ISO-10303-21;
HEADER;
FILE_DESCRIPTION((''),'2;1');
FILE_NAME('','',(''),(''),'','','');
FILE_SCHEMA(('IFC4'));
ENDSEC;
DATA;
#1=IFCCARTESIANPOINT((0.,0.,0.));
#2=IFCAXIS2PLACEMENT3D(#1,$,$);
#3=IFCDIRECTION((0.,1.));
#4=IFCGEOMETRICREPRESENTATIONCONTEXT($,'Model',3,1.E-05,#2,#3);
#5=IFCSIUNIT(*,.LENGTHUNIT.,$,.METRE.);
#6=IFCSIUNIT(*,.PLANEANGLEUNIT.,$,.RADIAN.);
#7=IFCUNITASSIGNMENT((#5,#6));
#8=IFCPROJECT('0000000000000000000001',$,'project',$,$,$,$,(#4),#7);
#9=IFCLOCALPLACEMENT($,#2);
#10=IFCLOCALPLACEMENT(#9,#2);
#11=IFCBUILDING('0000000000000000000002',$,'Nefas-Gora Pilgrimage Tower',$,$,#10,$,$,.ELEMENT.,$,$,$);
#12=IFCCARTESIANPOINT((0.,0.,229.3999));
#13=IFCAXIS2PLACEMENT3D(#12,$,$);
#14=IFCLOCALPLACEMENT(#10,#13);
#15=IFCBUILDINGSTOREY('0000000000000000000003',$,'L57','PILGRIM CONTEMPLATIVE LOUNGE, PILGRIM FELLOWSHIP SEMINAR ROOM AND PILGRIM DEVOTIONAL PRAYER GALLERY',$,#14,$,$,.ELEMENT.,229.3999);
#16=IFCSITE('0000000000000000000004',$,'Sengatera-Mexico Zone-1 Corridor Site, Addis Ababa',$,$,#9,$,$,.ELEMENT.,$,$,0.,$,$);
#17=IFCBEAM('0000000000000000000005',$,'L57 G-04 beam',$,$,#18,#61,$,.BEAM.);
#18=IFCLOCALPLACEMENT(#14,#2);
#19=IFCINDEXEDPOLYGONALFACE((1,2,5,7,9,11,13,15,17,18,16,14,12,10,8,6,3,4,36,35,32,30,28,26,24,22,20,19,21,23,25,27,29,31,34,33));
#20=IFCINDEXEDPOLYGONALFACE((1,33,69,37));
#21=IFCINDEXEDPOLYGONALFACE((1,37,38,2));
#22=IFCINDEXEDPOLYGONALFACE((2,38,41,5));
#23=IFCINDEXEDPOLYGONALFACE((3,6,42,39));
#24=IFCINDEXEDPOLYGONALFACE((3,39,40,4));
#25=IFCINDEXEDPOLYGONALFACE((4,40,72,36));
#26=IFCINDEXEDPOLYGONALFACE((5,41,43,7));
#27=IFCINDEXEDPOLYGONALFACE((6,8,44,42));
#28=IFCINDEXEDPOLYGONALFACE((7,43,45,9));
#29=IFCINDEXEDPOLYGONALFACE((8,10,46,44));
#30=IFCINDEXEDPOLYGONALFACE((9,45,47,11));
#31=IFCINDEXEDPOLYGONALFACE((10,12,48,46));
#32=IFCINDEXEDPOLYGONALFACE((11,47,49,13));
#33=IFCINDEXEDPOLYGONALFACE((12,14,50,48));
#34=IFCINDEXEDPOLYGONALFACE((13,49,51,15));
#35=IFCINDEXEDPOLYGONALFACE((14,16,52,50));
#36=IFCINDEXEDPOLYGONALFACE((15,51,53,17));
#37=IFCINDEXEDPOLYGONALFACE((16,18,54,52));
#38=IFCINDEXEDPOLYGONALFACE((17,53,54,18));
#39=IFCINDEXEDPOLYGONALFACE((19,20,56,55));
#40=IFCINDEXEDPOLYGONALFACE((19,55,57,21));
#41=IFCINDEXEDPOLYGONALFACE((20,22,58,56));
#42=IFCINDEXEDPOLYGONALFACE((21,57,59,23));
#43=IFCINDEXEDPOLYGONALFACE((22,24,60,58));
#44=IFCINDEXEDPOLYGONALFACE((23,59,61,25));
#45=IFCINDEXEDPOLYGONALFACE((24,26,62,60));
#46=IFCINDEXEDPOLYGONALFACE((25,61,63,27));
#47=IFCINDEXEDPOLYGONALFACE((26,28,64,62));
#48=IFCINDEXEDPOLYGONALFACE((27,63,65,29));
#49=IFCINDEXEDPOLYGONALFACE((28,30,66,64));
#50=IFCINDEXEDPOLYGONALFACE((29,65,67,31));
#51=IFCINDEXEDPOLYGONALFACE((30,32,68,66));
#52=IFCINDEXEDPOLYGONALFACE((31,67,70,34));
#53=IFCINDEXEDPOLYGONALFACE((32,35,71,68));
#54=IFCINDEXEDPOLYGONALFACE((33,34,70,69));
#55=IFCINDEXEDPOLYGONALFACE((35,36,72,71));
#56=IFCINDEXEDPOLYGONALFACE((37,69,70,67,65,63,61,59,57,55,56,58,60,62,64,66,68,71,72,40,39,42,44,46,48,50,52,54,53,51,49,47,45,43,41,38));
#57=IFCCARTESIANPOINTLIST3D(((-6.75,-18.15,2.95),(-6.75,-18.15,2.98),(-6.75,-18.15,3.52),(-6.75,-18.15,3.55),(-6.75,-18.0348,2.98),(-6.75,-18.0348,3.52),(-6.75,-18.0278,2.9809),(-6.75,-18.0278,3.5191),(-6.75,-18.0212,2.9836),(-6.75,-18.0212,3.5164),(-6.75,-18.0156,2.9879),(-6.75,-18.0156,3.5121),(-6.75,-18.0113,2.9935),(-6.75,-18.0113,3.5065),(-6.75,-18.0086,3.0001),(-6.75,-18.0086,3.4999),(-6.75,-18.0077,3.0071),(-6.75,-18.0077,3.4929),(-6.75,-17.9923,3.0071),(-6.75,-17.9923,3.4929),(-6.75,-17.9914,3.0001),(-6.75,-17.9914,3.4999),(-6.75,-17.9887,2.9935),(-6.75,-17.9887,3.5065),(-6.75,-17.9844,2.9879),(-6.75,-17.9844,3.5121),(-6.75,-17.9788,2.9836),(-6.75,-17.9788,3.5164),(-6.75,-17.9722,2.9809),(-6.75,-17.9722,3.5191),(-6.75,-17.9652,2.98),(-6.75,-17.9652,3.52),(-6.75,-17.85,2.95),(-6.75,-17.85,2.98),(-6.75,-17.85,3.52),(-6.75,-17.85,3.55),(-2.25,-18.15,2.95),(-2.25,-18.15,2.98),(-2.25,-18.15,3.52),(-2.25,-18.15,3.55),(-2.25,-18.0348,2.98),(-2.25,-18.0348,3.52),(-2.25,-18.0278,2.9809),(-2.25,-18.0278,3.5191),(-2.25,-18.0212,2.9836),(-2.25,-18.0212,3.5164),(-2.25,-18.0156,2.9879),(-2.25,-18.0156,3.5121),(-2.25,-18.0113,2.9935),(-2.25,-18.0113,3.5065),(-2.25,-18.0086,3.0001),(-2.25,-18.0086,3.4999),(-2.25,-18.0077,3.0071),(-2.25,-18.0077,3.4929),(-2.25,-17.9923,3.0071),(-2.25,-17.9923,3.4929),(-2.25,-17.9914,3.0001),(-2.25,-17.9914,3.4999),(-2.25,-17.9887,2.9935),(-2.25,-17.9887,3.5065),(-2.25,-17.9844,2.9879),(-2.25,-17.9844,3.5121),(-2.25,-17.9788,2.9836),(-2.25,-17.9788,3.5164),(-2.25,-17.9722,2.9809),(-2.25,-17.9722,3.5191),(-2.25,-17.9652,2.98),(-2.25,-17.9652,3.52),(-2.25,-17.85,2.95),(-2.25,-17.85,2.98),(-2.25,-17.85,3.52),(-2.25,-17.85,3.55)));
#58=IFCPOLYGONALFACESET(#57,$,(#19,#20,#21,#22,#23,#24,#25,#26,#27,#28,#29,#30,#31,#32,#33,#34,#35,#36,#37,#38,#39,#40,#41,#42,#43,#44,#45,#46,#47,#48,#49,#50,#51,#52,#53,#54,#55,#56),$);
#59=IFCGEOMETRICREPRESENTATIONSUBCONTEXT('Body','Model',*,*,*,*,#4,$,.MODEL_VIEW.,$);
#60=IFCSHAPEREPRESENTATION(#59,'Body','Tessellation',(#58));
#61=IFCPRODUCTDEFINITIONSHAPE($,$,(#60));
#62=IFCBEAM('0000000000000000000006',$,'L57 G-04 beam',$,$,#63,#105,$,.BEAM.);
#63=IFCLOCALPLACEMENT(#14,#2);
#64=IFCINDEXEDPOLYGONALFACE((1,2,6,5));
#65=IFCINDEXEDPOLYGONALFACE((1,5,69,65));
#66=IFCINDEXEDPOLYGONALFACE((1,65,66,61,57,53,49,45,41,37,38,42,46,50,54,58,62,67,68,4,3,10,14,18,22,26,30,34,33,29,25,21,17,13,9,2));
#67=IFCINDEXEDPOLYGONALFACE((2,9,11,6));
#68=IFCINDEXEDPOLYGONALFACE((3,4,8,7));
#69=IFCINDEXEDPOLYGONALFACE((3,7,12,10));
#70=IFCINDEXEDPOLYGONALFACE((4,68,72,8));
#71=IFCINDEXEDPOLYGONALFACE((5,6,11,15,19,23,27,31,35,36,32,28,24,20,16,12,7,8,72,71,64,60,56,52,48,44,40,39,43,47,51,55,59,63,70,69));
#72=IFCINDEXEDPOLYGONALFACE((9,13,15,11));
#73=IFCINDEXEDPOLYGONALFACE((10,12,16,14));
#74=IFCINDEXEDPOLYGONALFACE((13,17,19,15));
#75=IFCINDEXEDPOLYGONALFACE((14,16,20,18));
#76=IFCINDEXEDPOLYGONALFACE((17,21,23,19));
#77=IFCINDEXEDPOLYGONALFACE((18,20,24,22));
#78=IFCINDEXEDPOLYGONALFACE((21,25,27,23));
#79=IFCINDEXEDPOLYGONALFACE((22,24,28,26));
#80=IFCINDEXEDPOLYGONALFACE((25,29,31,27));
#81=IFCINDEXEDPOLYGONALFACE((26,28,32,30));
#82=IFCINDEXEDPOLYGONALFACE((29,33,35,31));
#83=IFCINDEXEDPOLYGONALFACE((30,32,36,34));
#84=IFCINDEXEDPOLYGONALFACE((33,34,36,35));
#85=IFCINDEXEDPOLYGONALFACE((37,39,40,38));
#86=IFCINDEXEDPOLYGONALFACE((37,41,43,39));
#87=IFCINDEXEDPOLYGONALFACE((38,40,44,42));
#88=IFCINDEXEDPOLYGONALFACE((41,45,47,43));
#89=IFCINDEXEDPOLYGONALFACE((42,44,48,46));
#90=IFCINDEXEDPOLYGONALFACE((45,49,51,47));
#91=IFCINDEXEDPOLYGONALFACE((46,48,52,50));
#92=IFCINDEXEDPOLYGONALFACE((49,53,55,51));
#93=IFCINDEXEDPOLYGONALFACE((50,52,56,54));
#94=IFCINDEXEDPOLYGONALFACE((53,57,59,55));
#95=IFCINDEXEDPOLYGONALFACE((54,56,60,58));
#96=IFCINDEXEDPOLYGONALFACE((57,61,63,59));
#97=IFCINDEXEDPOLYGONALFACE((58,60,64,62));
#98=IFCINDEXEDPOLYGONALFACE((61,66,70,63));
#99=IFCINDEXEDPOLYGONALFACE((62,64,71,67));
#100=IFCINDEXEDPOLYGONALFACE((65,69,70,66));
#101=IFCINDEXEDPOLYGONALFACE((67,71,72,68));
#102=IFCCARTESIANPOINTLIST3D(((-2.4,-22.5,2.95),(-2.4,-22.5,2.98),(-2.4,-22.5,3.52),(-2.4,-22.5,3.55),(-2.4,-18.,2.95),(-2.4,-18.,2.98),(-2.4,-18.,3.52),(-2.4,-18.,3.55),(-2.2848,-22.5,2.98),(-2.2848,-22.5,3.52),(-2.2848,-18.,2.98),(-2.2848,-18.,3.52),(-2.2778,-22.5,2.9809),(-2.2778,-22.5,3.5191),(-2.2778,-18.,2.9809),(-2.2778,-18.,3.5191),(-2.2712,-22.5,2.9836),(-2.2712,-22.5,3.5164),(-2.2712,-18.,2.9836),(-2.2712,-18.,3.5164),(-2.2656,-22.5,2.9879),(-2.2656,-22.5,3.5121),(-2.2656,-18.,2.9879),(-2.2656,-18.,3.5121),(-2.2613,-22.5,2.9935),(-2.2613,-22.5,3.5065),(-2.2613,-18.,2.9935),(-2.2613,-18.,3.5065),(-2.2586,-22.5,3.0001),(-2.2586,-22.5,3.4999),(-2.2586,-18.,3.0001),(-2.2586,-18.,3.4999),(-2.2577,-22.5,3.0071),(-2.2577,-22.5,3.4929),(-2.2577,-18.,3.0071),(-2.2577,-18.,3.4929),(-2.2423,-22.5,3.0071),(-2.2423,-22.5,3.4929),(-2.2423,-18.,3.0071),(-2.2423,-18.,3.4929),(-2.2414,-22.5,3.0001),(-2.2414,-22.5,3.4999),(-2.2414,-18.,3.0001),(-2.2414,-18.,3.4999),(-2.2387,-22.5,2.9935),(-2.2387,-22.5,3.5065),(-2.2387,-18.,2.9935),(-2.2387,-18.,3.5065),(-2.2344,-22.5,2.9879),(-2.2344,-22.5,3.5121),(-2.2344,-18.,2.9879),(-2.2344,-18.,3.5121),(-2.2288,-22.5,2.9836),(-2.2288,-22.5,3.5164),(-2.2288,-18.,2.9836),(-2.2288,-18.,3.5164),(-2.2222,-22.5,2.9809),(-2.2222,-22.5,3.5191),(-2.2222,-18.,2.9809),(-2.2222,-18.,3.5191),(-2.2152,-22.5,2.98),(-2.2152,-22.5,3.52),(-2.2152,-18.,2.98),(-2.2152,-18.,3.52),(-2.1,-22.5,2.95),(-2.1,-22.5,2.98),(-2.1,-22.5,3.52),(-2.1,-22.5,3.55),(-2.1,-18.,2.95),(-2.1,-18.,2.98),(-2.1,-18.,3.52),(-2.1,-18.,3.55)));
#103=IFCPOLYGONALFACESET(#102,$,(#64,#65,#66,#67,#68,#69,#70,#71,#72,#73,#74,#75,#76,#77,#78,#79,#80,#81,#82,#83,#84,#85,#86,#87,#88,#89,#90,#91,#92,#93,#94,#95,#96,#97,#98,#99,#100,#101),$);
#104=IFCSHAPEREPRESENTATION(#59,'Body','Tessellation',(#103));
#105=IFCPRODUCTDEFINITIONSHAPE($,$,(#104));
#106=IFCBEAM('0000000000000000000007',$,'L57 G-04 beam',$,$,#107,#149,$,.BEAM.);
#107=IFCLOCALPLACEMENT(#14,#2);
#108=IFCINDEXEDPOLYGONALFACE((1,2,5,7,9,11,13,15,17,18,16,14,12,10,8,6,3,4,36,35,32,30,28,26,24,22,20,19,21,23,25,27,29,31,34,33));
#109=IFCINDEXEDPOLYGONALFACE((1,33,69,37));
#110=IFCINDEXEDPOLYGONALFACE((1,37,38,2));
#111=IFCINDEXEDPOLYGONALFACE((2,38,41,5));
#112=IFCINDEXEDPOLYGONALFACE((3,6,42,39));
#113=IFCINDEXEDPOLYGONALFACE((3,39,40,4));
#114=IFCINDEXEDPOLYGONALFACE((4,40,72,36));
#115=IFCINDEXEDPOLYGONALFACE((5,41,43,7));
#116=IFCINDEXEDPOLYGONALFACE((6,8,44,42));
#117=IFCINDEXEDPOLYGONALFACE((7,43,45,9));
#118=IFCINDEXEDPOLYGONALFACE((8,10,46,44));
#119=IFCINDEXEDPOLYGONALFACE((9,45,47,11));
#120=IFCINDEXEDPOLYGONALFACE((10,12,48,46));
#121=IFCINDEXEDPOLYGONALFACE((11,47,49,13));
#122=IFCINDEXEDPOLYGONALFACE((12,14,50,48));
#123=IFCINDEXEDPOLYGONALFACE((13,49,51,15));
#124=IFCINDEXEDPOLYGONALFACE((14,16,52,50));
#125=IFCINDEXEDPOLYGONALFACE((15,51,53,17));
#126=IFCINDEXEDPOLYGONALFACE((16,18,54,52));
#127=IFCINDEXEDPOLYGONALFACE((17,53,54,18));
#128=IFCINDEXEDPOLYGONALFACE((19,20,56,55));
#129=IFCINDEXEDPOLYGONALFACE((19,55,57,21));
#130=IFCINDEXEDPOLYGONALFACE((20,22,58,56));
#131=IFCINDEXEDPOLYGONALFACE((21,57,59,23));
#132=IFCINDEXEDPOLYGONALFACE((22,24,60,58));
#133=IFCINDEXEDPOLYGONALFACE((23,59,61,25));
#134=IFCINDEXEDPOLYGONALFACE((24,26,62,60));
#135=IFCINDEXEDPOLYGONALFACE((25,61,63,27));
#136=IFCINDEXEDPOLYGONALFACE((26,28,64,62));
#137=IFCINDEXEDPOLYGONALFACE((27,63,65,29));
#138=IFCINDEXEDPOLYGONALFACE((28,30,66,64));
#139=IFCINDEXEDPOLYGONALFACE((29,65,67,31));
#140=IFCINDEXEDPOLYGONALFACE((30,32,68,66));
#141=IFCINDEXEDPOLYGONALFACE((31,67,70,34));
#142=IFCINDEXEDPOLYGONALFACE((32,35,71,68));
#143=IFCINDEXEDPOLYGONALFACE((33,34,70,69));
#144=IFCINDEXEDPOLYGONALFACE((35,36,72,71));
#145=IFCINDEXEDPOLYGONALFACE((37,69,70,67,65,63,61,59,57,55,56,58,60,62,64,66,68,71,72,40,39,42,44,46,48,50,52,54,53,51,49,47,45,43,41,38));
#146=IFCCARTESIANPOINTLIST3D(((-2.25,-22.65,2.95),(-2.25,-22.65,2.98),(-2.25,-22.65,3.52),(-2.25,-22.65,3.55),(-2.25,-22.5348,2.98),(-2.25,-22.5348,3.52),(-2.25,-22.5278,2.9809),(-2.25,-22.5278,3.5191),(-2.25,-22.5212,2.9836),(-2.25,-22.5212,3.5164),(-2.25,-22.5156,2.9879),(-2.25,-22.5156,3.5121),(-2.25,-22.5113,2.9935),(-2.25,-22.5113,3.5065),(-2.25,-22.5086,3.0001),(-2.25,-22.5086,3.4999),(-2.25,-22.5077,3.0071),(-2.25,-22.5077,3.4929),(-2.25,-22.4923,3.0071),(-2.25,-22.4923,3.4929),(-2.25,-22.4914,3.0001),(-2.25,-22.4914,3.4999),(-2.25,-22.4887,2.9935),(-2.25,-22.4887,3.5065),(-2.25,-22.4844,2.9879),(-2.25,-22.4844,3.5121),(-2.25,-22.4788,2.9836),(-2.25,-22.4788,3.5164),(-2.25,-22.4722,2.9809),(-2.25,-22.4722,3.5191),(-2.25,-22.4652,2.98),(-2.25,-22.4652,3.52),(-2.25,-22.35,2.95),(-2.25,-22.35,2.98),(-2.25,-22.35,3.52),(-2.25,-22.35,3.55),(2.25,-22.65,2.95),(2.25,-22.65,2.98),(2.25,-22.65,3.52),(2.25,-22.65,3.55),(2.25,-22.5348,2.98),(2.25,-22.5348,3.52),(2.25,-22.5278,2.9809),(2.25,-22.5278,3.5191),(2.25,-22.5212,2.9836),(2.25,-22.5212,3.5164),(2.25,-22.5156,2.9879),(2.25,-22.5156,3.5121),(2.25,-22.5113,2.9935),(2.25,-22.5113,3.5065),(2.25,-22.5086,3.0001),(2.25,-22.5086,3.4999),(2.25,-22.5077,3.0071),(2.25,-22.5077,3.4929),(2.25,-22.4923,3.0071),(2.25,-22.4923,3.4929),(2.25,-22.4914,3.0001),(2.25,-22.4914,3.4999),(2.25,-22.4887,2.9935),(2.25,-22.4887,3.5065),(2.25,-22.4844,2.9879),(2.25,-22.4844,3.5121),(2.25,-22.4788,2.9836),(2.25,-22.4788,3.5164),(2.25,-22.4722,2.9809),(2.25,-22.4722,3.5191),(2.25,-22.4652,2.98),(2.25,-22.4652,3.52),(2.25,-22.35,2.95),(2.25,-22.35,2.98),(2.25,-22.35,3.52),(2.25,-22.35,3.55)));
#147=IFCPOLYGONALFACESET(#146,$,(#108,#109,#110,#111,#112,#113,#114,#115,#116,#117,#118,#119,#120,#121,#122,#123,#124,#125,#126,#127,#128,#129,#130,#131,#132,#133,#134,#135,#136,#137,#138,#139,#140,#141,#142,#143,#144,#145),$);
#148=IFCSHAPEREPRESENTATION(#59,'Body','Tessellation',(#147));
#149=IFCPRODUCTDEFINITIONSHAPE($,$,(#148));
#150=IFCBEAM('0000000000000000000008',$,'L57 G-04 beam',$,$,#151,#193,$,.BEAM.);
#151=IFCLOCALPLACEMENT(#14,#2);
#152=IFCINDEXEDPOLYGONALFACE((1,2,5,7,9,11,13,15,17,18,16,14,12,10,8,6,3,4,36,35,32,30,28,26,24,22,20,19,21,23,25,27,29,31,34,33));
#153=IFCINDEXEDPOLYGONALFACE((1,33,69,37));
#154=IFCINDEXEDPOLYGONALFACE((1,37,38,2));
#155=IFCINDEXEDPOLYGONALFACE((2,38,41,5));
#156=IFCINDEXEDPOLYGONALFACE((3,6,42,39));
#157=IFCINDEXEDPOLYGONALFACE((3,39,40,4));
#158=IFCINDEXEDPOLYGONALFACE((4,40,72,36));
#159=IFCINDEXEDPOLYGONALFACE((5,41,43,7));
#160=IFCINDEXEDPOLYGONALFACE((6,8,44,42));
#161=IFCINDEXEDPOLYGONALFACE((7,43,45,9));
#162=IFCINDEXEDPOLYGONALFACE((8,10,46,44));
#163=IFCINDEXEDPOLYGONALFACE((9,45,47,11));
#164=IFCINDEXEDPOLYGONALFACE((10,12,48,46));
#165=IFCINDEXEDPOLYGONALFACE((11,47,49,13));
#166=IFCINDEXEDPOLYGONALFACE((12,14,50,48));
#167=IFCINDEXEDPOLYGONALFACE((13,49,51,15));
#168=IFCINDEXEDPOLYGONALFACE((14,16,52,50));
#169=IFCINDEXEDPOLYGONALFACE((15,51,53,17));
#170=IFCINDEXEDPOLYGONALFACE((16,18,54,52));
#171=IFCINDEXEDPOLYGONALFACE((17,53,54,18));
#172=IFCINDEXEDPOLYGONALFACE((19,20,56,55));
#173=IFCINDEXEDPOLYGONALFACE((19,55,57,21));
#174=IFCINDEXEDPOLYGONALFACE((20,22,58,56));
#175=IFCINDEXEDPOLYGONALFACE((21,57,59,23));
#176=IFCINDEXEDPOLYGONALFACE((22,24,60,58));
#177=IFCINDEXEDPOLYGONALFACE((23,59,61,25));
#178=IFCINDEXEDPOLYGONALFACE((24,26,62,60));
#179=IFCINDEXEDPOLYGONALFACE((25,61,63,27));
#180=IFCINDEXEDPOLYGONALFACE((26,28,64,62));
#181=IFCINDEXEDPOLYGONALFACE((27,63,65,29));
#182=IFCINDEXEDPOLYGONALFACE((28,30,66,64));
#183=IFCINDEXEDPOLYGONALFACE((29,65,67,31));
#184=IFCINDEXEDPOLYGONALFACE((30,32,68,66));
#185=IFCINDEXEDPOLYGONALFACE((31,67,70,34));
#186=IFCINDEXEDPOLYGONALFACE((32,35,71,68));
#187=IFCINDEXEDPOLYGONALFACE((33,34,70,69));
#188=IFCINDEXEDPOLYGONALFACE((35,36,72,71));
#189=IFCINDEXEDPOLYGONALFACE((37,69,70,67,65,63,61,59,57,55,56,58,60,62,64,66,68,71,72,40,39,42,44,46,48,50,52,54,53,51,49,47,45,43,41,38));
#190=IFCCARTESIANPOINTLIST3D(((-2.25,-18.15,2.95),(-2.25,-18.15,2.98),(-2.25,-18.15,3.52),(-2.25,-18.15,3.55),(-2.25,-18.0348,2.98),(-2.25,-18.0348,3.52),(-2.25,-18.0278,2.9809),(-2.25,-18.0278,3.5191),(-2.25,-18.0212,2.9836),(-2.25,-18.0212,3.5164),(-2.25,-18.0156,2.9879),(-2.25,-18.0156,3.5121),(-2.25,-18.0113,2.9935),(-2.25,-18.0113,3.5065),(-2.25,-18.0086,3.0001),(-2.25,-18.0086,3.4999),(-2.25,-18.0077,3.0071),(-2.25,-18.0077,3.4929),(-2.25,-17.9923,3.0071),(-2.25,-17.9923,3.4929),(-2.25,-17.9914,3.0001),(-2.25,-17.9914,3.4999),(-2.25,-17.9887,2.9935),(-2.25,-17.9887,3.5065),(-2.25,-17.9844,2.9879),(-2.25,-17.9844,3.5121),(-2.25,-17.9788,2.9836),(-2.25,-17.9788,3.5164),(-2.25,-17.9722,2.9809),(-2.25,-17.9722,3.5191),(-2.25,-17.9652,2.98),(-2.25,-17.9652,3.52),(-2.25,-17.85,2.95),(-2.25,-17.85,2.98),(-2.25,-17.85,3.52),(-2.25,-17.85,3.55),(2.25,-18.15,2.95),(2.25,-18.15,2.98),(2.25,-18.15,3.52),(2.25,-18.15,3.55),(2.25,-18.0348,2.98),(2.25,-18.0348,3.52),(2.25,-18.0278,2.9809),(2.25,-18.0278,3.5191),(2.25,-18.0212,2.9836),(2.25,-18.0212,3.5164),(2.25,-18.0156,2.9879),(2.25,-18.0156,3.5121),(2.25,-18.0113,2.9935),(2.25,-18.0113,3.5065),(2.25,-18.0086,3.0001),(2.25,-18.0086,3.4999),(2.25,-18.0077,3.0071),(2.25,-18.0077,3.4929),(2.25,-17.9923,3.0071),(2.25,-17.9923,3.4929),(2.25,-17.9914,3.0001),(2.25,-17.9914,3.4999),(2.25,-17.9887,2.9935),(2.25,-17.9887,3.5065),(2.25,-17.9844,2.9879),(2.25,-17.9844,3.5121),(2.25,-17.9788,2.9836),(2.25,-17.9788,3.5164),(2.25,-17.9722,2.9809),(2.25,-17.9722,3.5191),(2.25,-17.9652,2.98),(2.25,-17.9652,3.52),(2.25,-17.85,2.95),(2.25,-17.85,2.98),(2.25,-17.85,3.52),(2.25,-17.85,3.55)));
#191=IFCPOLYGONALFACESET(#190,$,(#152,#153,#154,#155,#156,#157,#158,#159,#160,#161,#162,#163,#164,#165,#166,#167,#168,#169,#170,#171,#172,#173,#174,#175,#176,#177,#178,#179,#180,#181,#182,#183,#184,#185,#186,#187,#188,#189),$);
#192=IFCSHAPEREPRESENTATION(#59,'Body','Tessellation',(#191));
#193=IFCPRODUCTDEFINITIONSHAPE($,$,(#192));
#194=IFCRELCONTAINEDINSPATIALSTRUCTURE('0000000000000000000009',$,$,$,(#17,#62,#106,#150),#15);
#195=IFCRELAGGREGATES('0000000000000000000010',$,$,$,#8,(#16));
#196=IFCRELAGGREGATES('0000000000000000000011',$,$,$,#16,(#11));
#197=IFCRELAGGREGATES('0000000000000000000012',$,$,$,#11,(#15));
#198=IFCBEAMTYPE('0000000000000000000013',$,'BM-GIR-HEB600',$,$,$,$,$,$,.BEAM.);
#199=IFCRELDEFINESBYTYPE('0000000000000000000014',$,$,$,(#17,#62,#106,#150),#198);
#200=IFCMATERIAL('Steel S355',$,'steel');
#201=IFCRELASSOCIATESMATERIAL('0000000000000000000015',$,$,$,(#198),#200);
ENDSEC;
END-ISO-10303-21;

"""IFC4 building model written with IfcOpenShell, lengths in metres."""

from ifc_helpers import new_model, si_unit, direction, frame, origin, origin_2d, place, context, subcontext, project, spatial, i_section, extrude, source, transform, mapped, material, material_profile, profile_set, type_object, element, save


model = new_model("IFC4")

# Units and contexts
model_context = context("Model", 3, precision=1e-05, world=origin(), true_north=direction((0.0, 1.0)))
body_context = subcontext(model_context, "Body", "Model", "MODEL_VIEW")
ifc_project = project(units=[si_unit("LENGTHUNIT", "METRE"), si_unit("PLANEANGLEUNIT", "RADIAN")], contexts=[model_context])

# Site, building, storey
site_placement = place(None, origin())
site = spatial("IfcSite", under=ifc_project, at=site_placement, Name="Sengatera-Mexico Zone-1 Corridor Site, Addis Ababa", CompositionType="ELEMENT", RefElevation=0.0)
building_placement = place(site_placement, origin())
building = spatial("IfcBuilding", under=site, at=building_placement, Name="Nefas-Gora Pilgrimage Tower", CompositionType="ELEMENT")
storey_placement = place(building_placement, frame((0.0, 0.0, 229.3999)))
storey = spatial("IfcBuildingStorey", under=building, at=storey_placement, Name="L57", Description="PILGRIM CONTEMPLATIVE LOUNGE, PILGRIM FELLOWSHIP SEMINAR ROOM AND PILGRIM DEVOTIONAL PRAYER GALLERY", CompositionType="ELEMENT", Elevation=229.3999)

# Beams
ifc_material_1 = material(Name="Steel S355", Category="steel")
ifc_material_profile_1 = material_profile(ifc_material_1, i_section(OverallWidth=0.3, OverallDepth=0.6001, WebThickness=0.0154, FlangeThickness=0.03, FilletRadius=0.0271, at=origin_2d()), Name="HEB 600")
ifc_profile_set_1 = profile_set([ifc_material_profile_1], Name="Steel S355")
beam_type = type_object("IfcBeamType", Name="BM-GIR-HEB600", PredefinedType="BEAM", material=ifc_profile_set_1)
shared_shape_1 = source(origin(), body_context, "Body", "SweptSolid", [
    extrude(i_section(OverallWidth=0.3, OverallDepth=0.6001, WebThickness=0.0154, FlangeThickness=0.03, FilletRadius=0.0271, at=origin_2d()), origin(), (0.0, 0.0, 1.0), 4.5),
])
for number, where, z_axis, x_axis, name in (
    (1, (-6.75, -18.0, 3.25), (1.0, 0.0, 0.0), (0.0, 1.0, 0.0), "L57 G-04 beam"),
    (2, (-2.25, -22.5, 3.25), (0.0, 1.0, 0.0), (-1.0, 0.0, 0.0), "L57 G-04 beam"),
    (3, (-2.25, -22.5, 3.25), (1.0, 0.0, 0.0), (0.0, 1.0, 0.0), "L57 G-04 beam"),
    (4, (-2.25, -18.0, 3.25), (1.0, 0.0, 0.0), (0.0, 1.0, 0.0), "L57 G-04 beam"),
):
    element("IfcBeam", number, at=place(storey_placement, frame(where, z_axis=z_axis, x_axis=x_axis)), inside=storey, type_object=beam_type, Name=name, PredefinedType="BEAM", context=body_context, shape_type="MappedRepresentation", body=[
        mapped(shared_shape_1, transform((0.0, 0.0, 0.0), x_axis=(1.0, 0.0, 0.0), y_axis=(0.0, 1.0, 0.0), z_axis=(0.0, 0.0, 1.0), scale=1.0)),
    ])

save(model, "model.ifc")
